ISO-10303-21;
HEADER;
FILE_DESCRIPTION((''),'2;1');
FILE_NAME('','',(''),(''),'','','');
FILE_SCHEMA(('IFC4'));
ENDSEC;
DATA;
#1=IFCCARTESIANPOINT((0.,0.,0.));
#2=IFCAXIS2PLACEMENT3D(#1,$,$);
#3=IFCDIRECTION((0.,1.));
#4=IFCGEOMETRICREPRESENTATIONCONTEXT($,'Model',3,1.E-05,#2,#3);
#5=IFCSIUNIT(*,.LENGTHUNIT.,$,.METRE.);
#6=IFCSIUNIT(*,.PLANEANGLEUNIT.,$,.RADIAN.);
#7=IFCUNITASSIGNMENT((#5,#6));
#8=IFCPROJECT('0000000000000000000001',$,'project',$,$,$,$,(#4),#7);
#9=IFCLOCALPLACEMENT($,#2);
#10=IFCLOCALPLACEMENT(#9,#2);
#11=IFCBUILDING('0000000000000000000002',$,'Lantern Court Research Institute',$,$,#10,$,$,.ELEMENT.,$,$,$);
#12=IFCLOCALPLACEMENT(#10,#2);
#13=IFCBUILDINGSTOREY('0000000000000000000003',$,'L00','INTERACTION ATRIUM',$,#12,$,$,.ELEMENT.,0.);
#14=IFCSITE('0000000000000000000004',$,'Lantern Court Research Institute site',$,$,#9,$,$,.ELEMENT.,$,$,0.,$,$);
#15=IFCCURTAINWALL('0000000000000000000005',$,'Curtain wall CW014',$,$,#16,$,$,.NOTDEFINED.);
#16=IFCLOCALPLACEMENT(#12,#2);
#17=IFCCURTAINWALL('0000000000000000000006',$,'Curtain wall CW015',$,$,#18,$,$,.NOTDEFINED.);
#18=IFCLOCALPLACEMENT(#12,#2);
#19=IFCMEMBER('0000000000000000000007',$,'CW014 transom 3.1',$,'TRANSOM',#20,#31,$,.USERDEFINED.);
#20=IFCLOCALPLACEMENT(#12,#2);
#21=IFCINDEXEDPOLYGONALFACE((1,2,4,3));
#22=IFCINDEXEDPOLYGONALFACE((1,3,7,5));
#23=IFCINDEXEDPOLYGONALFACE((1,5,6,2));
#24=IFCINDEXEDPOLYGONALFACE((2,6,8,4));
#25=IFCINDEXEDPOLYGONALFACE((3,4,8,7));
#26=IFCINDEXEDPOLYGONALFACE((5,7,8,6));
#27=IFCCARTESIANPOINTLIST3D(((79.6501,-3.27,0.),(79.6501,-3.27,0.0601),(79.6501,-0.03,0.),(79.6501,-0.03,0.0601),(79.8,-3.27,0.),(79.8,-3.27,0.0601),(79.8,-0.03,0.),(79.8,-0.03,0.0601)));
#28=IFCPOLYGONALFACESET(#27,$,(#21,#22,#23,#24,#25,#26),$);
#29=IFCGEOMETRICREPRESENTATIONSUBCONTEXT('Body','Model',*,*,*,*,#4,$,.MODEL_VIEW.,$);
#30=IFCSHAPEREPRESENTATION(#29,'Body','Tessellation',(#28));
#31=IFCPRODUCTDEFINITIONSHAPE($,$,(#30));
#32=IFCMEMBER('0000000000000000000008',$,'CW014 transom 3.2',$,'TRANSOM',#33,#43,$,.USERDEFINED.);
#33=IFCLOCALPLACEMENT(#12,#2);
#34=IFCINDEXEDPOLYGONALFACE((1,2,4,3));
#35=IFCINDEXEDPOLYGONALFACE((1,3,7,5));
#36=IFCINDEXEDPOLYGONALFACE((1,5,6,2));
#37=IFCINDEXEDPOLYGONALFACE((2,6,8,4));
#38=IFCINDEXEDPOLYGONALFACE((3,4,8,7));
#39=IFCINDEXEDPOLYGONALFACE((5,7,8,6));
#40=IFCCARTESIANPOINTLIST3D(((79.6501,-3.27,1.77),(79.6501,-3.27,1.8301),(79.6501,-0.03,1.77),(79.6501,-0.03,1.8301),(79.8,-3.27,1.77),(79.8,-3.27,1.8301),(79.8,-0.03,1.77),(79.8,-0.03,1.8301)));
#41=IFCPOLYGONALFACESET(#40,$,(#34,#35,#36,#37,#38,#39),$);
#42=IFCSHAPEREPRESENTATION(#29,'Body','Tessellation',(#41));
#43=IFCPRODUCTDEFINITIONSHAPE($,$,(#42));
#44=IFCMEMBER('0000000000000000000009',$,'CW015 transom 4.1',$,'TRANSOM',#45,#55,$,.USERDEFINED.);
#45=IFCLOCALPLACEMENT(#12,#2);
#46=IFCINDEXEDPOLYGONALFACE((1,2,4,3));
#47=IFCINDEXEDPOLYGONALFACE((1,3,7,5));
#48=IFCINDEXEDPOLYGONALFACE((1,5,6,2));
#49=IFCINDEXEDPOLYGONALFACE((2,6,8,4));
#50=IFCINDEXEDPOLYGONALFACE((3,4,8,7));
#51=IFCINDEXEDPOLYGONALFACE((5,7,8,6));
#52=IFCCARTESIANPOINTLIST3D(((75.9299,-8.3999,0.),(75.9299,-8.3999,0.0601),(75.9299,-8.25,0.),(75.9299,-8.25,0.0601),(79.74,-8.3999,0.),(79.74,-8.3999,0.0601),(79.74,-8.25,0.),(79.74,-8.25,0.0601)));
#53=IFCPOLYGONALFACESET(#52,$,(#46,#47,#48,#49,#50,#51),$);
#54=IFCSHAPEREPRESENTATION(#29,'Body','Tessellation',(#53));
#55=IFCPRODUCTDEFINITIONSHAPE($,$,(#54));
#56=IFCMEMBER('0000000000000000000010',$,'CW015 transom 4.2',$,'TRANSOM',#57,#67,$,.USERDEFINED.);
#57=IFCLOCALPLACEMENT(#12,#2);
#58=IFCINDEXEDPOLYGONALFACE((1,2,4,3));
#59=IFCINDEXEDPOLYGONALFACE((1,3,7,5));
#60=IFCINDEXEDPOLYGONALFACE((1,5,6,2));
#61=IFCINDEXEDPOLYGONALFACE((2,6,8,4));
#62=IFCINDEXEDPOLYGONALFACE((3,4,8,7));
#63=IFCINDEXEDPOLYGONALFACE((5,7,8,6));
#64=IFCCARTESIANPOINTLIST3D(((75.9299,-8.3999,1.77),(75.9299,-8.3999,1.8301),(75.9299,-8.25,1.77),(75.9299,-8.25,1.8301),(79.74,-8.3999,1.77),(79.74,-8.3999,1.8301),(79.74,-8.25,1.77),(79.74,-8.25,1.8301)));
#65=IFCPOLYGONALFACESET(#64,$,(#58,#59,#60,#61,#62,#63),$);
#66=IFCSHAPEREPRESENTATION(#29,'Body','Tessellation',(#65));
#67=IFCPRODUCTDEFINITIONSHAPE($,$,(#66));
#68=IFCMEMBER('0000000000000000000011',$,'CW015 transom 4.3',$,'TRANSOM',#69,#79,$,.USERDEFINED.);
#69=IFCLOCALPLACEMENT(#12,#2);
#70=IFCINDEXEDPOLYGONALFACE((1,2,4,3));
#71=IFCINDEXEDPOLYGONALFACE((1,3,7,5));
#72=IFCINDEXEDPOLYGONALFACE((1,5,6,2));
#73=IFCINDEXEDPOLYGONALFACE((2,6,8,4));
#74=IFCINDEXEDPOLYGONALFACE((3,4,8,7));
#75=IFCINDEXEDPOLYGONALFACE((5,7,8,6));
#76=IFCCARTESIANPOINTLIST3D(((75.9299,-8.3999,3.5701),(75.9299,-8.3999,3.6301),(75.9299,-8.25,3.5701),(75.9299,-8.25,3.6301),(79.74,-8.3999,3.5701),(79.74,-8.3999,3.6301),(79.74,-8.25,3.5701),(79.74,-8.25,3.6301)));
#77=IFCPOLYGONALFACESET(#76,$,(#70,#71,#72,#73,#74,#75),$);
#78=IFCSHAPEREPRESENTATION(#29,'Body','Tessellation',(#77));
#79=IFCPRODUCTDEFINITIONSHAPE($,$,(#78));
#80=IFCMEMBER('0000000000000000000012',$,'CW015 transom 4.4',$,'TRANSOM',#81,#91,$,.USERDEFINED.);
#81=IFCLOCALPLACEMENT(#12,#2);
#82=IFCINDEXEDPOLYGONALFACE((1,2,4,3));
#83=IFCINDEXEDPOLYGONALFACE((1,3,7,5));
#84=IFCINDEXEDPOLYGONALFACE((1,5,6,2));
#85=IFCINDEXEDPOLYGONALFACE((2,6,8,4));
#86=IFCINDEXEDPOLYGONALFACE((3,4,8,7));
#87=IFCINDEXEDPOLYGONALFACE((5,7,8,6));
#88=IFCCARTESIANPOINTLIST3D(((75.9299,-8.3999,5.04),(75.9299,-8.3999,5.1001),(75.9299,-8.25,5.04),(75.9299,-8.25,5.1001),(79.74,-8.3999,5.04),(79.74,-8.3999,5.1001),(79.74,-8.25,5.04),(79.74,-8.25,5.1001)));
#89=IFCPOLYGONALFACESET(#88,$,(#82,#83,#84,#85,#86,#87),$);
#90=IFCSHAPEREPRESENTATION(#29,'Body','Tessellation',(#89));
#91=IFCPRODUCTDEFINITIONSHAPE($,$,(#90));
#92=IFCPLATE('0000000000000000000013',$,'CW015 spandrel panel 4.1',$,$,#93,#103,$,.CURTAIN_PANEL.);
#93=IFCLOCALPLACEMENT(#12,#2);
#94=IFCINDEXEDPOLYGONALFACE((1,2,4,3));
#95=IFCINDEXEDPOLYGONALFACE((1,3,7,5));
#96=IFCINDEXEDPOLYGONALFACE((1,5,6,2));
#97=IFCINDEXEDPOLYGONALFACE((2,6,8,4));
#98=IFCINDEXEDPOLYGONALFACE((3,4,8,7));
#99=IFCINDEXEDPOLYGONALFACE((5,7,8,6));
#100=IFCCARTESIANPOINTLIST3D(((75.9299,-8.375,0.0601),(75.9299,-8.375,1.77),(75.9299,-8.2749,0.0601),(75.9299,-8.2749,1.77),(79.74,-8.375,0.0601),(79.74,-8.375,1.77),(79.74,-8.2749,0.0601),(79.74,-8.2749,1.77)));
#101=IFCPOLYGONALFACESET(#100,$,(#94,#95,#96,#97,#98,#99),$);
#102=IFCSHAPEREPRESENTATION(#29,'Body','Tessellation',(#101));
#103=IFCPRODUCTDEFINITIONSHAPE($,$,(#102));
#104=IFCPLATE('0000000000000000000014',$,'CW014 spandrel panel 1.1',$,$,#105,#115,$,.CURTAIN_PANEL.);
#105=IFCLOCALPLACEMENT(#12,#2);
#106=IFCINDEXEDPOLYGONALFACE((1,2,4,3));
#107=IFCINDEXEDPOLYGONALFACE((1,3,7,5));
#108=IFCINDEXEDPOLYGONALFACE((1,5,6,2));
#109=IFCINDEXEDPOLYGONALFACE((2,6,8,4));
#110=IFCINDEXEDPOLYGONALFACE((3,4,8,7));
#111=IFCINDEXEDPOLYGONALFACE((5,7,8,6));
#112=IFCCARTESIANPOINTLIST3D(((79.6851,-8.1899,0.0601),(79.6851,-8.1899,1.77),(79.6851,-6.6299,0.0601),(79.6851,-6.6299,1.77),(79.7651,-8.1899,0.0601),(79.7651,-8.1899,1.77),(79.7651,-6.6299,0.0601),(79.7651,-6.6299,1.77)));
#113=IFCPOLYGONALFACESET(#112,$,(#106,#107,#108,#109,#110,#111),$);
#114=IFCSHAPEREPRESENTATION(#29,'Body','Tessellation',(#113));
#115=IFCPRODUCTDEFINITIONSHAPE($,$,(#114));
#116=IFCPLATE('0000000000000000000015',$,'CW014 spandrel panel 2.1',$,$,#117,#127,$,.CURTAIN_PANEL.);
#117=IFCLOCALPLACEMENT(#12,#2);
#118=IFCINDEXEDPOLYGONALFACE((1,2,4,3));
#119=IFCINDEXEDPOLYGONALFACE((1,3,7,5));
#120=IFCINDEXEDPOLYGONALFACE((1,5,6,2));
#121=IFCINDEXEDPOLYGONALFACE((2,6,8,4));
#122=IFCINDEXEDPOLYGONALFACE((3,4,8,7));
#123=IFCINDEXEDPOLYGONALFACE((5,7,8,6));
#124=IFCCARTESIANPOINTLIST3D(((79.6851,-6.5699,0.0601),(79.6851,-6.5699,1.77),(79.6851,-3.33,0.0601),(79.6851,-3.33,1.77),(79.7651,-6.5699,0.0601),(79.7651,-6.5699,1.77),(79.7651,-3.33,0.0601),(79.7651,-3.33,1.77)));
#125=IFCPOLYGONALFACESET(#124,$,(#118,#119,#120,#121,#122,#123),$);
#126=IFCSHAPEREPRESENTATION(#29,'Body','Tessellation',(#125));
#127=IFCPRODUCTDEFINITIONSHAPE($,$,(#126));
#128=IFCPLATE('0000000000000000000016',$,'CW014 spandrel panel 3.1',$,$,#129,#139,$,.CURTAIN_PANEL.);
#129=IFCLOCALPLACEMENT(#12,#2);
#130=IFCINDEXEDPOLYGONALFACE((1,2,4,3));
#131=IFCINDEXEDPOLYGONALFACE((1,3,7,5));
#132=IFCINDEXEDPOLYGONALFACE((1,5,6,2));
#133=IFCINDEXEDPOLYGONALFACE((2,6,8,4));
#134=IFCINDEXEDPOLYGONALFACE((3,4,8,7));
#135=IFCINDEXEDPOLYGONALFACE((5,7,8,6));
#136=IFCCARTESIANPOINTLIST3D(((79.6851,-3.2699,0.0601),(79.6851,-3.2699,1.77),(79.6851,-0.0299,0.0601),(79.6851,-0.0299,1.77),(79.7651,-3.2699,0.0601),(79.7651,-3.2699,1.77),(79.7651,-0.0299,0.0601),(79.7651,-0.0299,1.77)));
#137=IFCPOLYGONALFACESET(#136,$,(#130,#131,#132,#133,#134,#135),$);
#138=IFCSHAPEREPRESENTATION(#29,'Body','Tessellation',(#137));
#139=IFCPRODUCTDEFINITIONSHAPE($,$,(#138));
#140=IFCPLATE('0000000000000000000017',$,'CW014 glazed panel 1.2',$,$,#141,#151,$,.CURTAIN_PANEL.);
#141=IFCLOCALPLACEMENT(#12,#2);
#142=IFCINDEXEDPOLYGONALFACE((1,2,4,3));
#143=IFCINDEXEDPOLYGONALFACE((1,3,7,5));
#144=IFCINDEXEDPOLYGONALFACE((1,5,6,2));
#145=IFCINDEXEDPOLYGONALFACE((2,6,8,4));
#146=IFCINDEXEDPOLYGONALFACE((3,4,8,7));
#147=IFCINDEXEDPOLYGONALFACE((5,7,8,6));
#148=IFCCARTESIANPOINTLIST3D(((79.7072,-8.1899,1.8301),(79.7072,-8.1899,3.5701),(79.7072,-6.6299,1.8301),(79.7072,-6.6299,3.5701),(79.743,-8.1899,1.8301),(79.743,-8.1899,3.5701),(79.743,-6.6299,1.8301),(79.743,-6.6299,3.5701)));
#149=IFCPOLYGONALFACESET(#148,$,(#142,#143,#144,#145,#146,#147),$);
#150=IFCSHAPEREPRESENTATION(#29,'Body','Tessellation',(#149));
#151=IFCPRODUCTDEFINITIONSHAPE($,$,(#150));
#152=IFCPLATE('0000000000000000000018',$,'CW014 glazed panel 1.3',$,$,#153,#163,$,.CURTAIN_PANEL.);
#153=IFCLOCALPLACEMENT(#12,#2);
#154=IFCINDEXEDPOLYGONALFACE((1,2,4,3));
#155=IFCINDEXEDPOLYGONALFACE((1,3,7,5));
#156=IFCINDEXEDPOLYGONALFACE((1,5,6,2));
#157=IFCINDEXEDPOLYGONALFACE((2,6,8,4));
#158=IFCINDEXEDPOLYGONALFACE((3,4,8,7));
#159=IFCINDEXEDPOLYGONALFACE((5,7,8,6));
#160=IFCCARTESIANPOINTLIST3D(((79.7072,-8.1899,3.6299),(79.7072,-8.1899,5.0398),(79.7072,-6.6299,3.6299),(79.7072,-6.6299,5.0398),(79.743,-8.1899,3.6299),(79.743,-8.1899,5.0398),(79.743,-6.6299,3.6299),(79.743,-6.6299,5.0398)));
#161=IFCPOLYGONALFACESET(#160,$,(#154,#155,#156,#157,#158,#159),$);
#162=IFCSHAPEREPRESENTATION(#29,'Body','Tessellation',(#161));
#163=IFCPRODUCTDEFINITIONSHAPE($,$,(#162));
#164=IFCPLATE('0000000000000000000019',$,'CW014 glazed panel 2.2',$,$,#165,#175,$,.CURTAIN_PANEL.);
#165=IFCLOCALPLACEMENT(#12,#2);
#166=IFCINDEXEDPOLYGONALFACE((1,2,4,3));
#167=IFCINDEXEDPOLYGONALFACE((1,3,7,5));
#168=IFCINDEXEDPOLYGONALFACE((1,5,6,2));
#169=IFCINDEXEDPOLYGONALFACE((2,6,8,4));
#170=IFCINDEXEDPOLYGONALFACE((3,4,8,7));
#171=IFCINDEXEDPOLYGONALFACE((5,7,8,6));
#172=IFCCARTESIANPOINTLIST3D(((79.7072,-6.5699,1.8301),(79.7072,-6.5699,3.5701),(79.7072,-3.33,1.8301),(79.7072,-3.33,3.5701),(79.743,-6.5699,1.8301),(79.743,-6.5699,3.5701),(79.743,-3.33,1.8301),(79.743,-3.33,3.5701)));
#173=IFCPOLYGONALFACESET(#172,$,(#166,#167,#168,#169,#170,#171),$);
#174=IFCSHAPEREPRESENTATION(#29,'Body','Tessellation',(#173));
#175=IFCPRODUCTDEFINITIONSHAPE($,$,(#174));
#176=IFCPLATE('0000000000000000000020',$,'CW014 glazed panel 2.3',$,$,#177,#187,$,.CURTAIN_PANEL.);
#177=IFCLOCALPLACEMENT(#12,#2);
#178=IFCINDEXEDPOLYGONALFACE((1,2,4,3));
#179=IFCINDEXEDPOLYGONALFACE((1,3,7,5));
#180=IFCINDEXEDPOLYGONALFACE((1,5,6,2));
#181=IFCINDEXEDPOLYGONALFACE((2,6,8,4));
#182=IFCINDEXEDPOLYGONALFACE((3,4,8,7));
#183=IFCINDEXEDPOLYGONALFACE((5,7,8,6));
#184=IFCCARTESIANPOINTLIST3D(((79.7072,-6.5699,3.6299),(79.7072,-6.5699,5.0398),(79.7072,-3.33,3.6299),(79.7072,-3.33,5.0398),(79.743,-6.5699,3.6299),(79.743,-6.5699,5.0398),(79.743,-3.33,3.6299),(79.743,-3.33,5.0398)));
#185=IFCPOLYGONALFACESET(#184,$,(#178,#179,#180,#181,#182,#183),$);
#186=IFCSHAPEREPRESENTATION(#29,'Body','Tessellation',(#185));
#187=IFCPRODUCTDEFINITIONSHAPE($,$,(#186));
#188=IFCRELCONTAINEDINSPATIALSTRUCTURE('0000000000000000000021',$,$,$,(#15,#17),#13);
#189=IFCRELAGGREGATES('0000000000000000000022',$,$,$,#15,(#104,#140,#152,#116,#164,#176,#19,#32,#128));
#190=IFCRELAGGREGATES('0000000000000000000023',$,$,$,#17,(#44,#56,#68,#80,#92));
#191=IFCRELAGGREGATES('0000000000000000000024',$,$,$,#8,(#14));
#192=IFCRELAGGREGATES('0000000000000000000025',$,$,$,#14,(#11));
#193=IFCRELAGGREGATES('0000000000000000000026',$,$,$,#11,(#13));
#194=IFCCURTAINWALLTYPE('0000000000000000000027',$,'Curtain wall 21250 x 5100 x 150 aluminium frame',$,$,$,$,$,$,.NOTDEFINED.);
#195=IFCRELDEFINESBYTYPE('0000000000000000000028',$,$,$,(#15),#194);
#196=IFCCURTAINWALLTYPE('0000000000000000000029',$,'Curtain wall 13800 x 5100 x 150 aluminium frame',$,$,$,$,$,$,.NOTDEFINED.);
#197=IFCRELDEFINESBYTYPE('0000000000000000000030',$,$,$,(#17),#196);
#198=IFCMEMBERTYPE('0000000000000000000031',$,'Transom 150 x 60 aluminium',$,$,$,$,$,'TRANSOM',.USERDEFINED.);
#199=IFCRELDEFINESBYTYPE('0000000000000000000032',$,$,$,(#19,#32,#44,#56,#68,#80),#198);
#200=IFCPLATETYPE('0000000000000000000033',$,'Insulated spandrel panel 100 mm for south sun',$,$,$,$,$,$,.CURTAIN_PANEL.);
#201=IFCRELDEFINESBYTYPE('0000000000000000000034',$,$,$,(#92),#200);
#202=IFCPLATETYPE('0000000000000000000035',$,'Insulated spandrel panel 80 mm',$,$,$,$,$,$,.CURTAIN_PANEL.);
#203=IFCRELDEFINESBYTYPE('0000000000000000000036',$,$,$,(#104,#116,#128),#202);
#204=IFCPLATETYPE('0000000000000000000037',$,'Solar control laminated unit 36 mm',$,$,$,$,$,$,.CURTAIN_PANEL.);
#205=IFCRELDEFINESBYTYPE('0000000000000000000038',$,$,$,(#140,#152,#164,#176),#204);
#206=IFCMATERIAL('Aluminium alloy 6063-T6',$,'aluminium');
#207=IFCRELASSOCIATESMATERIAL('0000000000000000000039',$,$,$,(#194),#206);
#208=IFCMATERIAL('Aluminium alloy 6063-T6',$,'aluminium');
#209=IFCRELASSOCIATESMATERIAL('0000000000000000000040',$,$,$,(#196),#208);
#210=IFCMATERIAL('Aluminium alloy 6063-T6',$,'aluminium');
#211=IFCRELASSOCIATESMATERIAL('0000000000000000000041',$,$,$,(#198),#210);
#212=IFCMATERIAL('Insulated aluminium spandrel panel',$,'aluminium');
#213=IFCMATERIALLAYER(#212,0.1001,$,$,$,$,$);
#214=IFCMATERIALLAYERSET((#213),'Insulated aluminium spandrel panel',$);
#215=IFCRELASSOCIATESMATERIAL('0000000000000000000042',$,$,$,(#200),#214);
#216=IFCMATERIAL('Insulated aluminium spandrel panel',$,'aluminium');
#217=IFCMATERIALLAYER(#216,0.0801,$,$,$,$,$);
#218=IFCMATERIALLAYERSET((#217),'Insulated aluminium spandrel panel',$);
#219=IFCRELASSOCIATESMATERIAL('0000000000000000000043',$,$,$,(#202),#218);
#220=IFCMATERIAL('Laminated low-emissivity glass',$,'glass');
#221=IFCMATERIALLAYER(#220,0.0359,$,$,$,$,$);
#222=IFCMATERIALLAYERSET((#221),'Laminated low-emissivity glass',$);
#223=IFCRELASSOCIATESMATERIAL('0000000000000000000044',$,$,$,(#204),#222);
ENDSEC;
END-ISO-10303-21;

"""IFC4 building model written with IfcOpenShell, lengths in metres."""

from ifc_helpers import new_model, si_unit, direction, frame, origin, origin_2d, place, context, subcontext, project, spatial, rectangle, extrude, material, layer, layer_set, material_profile, profile_set, type_object, element, aggregate, save


model = new_model("IFC4")

# Units and contexts
model_context = context("Model", 3, precision=1e-05, world=origin(), true_north=direction((0.0, 1.0)))
body_context = subcontext(model_context, "Body", "Model", "MODEL_VIEW")
ifc_project = project(units=[si_unit("LENGTHUNIT", "METRE"), si_unit("PLANEANGLEUNIT", "RADIAN")], contexts=[model_context])

# Site, building, storey
site_placement = place(None, origin())
site = spatial("IfcSite", under=ifc_project, at=site_placement, Name="Lantern Court Research Institute site", CompositionType="ELEMENT", RefElevation=0.0)
building_placement = place(site_placement, origin())
building = spatial("IfcBuilding", under=site, at=building_placement, Name="Lantern Court Research Institute", CompositionType="ELEMENT")
storey_placement = place(building_placement, origin())
storey = spatial("IfcBuildingStorey", under=building, at=storey_placement, Name="L00", Description="INTERACTION ATRIUM", CompositionType="ELEMENT", Elevation=0.0)

# Curtain wall
ifc_material_1 = material(Name="Aluminium alloy 6063-T6", Category="aluminium")
curtain_wall_type_1 = type_object("IfcCurtainWallType", Name="Curtain wall 21250 x 5100 x 150 aluminium frame", PredefinedType="NOTDEFINED", material=ifc_material_1)
curtain_wall_1_placement = place(storey_placement, origin())
curtain_wall_1 = element("IfcCurtainWall", 1, at=curtain_wall_1_placement, inside=storey, type_object=curtain_wall_type_1, Name="Curtain wall CW014", PredefinedType="NOTDEFINED")

# Curtain wall
ifc_material_2 = material(Name="Aluminium alloy 6063-T6", Category="aluminium")
curtain_wall_type_2 = type_object("IfcCurtainWallType", Name="Curtain wall 13800 x 5100 x 150 aluminium frame", PredefinedType="NOTDEFINED", material=ifc_material_2)
curtain_wall_2_placement = place(storey_placement, origin())
curtain_wall_2 = element("IfcCurtainWall", 2, at=curtain_wall_2_placement, inside=storey, type_object=curtain_wall_type_2, Name="Curtain wall CW015", PredefinedType="NOTDEFINED")

# Members
ifc_material_3 = material(Name="Aluminium alloy 6063-T6", Category="aluminium")
ifc_material_profile_1 = material_profile(ifc_material_3, rectangle(XDim=0.1499, YDim=0.0601, at=origin_2d()), Name="Transom 150 x 60")
ifc_profile_set_1 = profile_set([ifc_material_profile_1], Name="Aluminium alloy 6063-T6")
member_type_1 = type_object("IfcMemberType", Name="Transom 150 x 60 aluminium", ElementType="TRANSOM", PredefinedType="USERDEFINED", material=ifc_profile_set_1)
member_1_placement = place(storey_placement, frame((79.7251, -0.03, 0.03), z_axis=(0.0, -1.0, 0.0), x_axis=(1.0, 0.0, 0.0)))
member_1 = element("IfcMember", 3, at=member_1_placement, type_object=member_type_1, Name="CW014 transom 3.1", ObjectType="TRANSOM", PredefinedType="USERDEFINED", context=body_context, shape_type="SweptSolid", body=[
    extrude(rectangle(XDim=0.1499, YDim=0.0601, at=origin_2d()), origin(), (0.0, 0.0, 1.0), 3.24),
])
member_2_placement = place(storey_placement, frame((79.7251, -0.03, 1.8), z_axis=(0.0, -1.0, 0.0), x_axis=(1.0, 0.0, 0.0)))
member_2 = element("IfcMember", 4, at=member_2_placement, type_object=member_type_1, Name="CW014 transom 3.2", ObjectType="TRANSOM", PredefinedType="USERDEFINED", context=body_context, shape_type="SweptSolid", body=[
    extrude(rectangle(XDim=0.1499, YDim=0.0601, at=origin_2d()), origin(), (0.0, 0.0, 1.0), 3.24),
])
member_3_placement = place(storey_placement, frame((79.74, -8.325, 0.03), z_axis=(-1.0, 0.0, 0.0), x_axis=(0.0, -1.0, 0.0)))
member_3 = element("IfcMember", 5, at=member_3_placement, type_object=member_type_1, Name="CW015 transom 4.1", ObjectType="TRANSOM", PredefinedType="USERDEFINED", context=body_context, shape_type="SweptSolid", body=[
    extrude(rectangle(XDim=0.1499, YDim=0.0601, at=origin_2d()), origin(), (0.0, 0.0, 1.0), 3.8101),
])
member_4_placement = place(storey_placement, frame((79.74, -8.325, 1.8), z_axis=(-1.0, 0.0, 0.0), x_axis=(0.0, -1.0, 0.0)))
member_4 = element("IfcMember", 6, at=member_4_placement, type_object=member_type_1, Name="CW015 transom 4.2", ObjectType="TRANSOM", PredefinedType="USERDEFINED", context=body_context, shape_type="SweptSolid", body=[
    extrude(rectangle(XDim=0.1499, YDim=0.0601, at=origin_2d()), origin(), (0.0, 0.0, 1.0), 3.8101),
])
member_5_placement = place(storey_placement, frame((79.74, -8.325, 3.6001), z_axis=(-1.0, 0.0, 0.0), x_axis=(0.0, -1.0, 0.0)))
member_5 = element("IfcMember", 7, at=member_5_placement, type_object=member_type_1, Name="CW015 transom 4.3", ObjectType="TRANSOM", PredefinedType="USERDEFINED", context=body_context, shape_type="SweptSolid", body=[
    extrude(rectangle(XDim=0.1499, YDim=0.0601, at=origin_2d()), origin(), (0.0, 0.0, 1.0), 3.8101),
])
member_6_placement = place(storey_placement, frame((79.74, -8.325, 5.0701), z_axis=(-1.0, 0.0, 0.0), x_axis=(0.0, -1.0, 0.0)))
member_6 = element("IfcMember", 8, at=member_6_placement, type_object=member_type_1, Name="CW015 transom 4.4", ObjectType="TRANSOM", PredefinedType="USERDEFINED", context=body_context, shape_type="SweptSolid", body=[
    extrude(rectangle(XDim=0.1499, YDim=0.0601, at=origin_2d()), origin(), (0.0, 0.0, 1.0), 3.8101),
])

# Plates
ifc_material_4 = material(Name="Insulated aluminium spandrel panel", Category="aluminium")
ifc_layer_1 = layer(ifc_material_4, 0.1001)
ifc_layer_set_1 = layer_set([ifc_layer_1], Name="Insulated aluminium spandrel panel")
plate_type_1 = type_object("IfcPlateType", Name="Insulated spandrel panel 100 mm for south sun", PredefinedType="CURTAIN_PANEL", material=ifc_layer_set_1)
plate_1_placement = place(storey_placement, frame((77.835, -8.325, 0.0601), z_axis=(0.0, 0.0, 1.0), x_axis=(-1.0, 0.0, 0.0)))
plate_1 = element("IfcPlate", 9, at=plate_1_placement, type_object=plate_type_1, Name="CW015 spandrel panel 4.1", PredefinedType="CURTAIN_PANEL", context=body_context, shape_type="SweptSolid", body=[
    extrude(rectangle(XDim=3.8101, YDim=0.1001, at=origin_2d()), origin(), (0.0, 0.0, 1.0), 1.71),
])
ifc_material_5 = material(Name="Insulated aluminium spandrel panel", Category="aluminium")
ifc_layer_2 = layer(ifc_material_5, 0.0801)
ifc_layer_set_2 = layer_set([ifc_layer_2], Name="Insulated aluminium spandrel panel")
plate_type_2 = type_object("IfcPlateType", Name="Insulated spandrel panel 80 mm", PredefinedType="CURTAIN_PANEL", material=ifc_layer_set_2)
plate_2_placement = place(storey_placement, frame((79.7251, -7.4099, 0.0601), z_axis=(0.0, 0.0, 1.0), x_axis=(0.0, -1.0, 0.0)))
plate_2 = element("IfcPlate", 10, at=plate_2_placement, type_object=plate_type_2, Name="CW014 spandrel panel 1.1", PredefinedType="CURTAIN_PANEL", context=body_context, shape_type="SweptSolid", body=[
    extrude(rectangle(XDim=1.5601, YDim=0.0801, at=origin_2d()), origin(), (0.0, 0.0, 1.0), 1.71),
])
plate_3_placement = place(storey_placement, frame((79.7251, -4.95, 0.0601), z_axis=(0.0, 0.0, 1.0), x_axis=(0.0, -1.0, 0.0)))
plate_3 = element("IfcPlate", 11, at=plate_3_placement, type_object=plate_type_2, Name="CW014 spandrel panel 2.1", PredefinedType="CURTAIN_PANEL", context=body_context, shape_type="SweptSolid", body=[
    extrude(rectangle(XDim=3.24, YDim=0.0801, at=origin_2d()), origin(), (0.0, 0.0, 1.0), 1.71),
])
plate_4_placement = place(storey_placement, frame((79.7251, -1.6499, 0.0601), z_axis=(0.0, 0.0, 1.0), x_axis=(0.0, -1.0, 0.0)))
plate_4 = element("IfcPlate", 12, at=plate_4_placement, type_object=plate_type_2, Name="CW014 spandrel panel 3.1", PredefinedType="CURTAIN_PANEL", context=body_context, shape_type="SweptSolid", body=[
    extrude(rectangle(XDim=3.24, YDim=0.0801, at=origin_2d()), origin(), (0.0, 0.0, 1.0), 1.71),
])
ifc_material_6 = material(Name="Laminated low-emissivity glass", Category="glass")
ifc_layer_3 = layer(ifc_material_6, 0.0359)
ifc_layer_set_3 = layer_set([ifc_layer_3], Name="Laminated low-emissivity glass")
plate_type_3 = type_object("IfcPlateType", Name="Solar control laminated unit 36 mm", PredefinedType="CURTAIN_PANEL", material=ifc_layer_set_3)
plate_5_placement = place(storey_placement, frame((79.7251, -7.4099, 1.8301), z_axis=(0.0, 0.0, 1.0), x_axis=(0.0, -1.0, 0.0)))
plate_5 = element("IfcPlate", 13, at=plate_5_placement, type_object=plate_type_3, Name="CW014 glazed panel 1.2", PredefinedType="CURTAIN_PANEL", context=body_context, shape_type="SweptSolid", body=[
    extrude(rectangle(XDim=1.5601, YDim=0.0359, at=origin_2d()), origin(), (0.0, 0.0, 1.0), 1.74),
])
plate_6_placement = place(storey_placement, frame((79.7251, -7.4099, 3.6299), z_axis=(0.0, 0.0, 1.0), x_axis=(0.0, -1.0, 0.0)))
plate_6 = element("IfcPlate", 14, at=plate_6_placement, type_object=plate_type_3, Name="CW014 glazed panel 1.3", PredefinedType="CURTAIN_PANEL", context=body_context, shape_type="SweptSolid", body=[
    extrude(rectangle(XDim=1.5601, YDim=0.0359, at=origin_2d()), origin(), (0.0, 0.0, 1.0), 1.4099),
])
plate_7_placement = place(storey_placement, frame((79.7251, -4.95, 1.8301), z_axis=(0.0, 0.0, 1.0), x_axis=(0.0, -1.0, 0.0)))
plate_7 = element("IfcPlate", 15, at=plate_7_placement, type_object=plate_type_3, Name="CW014 glazed panel 2.2", PredefinedType="CURTAIN_PANEL", context=body_context, shape_type="SweptSolid", body=[
    extrude(rectangle(XDim=3.24, YDim=0.0359, at=origin_2d()), origin(), (0.0, 0.0, 1.0), 1.74),
])
plate_8_placement = place(storey_placement, frame((79.7251, -4.95, 3.6299), z_axis=(0.0, 0.0, 1.0), x_axis=(0.0, -1.0, 0.0)))
plate_8 = element("IfcPlate", 16, at=plate_8_placement, type_object=plate_type_3, Name="CW014 glazed panel 2.3", PredefinedType="CURTAIN_PANEL", context=body_context, shape_type="SweptSolid", body=[
    extrude(rectangle(XDim=3.24, YDim=0.0359, at=origin_2d()), origin(), (0.0, 0.0, 1.0), 1.4099),
])
aggregate(curtain_wall_1, [plate_2, plate_5, plate_6, plate_3, plate_7, plate_8, member_1, member_2, plate_4])
aggregate(curtain_wall_2, [member_3, member_4, member_5, member_6, plate_1])

save(model, "model.ifc")
